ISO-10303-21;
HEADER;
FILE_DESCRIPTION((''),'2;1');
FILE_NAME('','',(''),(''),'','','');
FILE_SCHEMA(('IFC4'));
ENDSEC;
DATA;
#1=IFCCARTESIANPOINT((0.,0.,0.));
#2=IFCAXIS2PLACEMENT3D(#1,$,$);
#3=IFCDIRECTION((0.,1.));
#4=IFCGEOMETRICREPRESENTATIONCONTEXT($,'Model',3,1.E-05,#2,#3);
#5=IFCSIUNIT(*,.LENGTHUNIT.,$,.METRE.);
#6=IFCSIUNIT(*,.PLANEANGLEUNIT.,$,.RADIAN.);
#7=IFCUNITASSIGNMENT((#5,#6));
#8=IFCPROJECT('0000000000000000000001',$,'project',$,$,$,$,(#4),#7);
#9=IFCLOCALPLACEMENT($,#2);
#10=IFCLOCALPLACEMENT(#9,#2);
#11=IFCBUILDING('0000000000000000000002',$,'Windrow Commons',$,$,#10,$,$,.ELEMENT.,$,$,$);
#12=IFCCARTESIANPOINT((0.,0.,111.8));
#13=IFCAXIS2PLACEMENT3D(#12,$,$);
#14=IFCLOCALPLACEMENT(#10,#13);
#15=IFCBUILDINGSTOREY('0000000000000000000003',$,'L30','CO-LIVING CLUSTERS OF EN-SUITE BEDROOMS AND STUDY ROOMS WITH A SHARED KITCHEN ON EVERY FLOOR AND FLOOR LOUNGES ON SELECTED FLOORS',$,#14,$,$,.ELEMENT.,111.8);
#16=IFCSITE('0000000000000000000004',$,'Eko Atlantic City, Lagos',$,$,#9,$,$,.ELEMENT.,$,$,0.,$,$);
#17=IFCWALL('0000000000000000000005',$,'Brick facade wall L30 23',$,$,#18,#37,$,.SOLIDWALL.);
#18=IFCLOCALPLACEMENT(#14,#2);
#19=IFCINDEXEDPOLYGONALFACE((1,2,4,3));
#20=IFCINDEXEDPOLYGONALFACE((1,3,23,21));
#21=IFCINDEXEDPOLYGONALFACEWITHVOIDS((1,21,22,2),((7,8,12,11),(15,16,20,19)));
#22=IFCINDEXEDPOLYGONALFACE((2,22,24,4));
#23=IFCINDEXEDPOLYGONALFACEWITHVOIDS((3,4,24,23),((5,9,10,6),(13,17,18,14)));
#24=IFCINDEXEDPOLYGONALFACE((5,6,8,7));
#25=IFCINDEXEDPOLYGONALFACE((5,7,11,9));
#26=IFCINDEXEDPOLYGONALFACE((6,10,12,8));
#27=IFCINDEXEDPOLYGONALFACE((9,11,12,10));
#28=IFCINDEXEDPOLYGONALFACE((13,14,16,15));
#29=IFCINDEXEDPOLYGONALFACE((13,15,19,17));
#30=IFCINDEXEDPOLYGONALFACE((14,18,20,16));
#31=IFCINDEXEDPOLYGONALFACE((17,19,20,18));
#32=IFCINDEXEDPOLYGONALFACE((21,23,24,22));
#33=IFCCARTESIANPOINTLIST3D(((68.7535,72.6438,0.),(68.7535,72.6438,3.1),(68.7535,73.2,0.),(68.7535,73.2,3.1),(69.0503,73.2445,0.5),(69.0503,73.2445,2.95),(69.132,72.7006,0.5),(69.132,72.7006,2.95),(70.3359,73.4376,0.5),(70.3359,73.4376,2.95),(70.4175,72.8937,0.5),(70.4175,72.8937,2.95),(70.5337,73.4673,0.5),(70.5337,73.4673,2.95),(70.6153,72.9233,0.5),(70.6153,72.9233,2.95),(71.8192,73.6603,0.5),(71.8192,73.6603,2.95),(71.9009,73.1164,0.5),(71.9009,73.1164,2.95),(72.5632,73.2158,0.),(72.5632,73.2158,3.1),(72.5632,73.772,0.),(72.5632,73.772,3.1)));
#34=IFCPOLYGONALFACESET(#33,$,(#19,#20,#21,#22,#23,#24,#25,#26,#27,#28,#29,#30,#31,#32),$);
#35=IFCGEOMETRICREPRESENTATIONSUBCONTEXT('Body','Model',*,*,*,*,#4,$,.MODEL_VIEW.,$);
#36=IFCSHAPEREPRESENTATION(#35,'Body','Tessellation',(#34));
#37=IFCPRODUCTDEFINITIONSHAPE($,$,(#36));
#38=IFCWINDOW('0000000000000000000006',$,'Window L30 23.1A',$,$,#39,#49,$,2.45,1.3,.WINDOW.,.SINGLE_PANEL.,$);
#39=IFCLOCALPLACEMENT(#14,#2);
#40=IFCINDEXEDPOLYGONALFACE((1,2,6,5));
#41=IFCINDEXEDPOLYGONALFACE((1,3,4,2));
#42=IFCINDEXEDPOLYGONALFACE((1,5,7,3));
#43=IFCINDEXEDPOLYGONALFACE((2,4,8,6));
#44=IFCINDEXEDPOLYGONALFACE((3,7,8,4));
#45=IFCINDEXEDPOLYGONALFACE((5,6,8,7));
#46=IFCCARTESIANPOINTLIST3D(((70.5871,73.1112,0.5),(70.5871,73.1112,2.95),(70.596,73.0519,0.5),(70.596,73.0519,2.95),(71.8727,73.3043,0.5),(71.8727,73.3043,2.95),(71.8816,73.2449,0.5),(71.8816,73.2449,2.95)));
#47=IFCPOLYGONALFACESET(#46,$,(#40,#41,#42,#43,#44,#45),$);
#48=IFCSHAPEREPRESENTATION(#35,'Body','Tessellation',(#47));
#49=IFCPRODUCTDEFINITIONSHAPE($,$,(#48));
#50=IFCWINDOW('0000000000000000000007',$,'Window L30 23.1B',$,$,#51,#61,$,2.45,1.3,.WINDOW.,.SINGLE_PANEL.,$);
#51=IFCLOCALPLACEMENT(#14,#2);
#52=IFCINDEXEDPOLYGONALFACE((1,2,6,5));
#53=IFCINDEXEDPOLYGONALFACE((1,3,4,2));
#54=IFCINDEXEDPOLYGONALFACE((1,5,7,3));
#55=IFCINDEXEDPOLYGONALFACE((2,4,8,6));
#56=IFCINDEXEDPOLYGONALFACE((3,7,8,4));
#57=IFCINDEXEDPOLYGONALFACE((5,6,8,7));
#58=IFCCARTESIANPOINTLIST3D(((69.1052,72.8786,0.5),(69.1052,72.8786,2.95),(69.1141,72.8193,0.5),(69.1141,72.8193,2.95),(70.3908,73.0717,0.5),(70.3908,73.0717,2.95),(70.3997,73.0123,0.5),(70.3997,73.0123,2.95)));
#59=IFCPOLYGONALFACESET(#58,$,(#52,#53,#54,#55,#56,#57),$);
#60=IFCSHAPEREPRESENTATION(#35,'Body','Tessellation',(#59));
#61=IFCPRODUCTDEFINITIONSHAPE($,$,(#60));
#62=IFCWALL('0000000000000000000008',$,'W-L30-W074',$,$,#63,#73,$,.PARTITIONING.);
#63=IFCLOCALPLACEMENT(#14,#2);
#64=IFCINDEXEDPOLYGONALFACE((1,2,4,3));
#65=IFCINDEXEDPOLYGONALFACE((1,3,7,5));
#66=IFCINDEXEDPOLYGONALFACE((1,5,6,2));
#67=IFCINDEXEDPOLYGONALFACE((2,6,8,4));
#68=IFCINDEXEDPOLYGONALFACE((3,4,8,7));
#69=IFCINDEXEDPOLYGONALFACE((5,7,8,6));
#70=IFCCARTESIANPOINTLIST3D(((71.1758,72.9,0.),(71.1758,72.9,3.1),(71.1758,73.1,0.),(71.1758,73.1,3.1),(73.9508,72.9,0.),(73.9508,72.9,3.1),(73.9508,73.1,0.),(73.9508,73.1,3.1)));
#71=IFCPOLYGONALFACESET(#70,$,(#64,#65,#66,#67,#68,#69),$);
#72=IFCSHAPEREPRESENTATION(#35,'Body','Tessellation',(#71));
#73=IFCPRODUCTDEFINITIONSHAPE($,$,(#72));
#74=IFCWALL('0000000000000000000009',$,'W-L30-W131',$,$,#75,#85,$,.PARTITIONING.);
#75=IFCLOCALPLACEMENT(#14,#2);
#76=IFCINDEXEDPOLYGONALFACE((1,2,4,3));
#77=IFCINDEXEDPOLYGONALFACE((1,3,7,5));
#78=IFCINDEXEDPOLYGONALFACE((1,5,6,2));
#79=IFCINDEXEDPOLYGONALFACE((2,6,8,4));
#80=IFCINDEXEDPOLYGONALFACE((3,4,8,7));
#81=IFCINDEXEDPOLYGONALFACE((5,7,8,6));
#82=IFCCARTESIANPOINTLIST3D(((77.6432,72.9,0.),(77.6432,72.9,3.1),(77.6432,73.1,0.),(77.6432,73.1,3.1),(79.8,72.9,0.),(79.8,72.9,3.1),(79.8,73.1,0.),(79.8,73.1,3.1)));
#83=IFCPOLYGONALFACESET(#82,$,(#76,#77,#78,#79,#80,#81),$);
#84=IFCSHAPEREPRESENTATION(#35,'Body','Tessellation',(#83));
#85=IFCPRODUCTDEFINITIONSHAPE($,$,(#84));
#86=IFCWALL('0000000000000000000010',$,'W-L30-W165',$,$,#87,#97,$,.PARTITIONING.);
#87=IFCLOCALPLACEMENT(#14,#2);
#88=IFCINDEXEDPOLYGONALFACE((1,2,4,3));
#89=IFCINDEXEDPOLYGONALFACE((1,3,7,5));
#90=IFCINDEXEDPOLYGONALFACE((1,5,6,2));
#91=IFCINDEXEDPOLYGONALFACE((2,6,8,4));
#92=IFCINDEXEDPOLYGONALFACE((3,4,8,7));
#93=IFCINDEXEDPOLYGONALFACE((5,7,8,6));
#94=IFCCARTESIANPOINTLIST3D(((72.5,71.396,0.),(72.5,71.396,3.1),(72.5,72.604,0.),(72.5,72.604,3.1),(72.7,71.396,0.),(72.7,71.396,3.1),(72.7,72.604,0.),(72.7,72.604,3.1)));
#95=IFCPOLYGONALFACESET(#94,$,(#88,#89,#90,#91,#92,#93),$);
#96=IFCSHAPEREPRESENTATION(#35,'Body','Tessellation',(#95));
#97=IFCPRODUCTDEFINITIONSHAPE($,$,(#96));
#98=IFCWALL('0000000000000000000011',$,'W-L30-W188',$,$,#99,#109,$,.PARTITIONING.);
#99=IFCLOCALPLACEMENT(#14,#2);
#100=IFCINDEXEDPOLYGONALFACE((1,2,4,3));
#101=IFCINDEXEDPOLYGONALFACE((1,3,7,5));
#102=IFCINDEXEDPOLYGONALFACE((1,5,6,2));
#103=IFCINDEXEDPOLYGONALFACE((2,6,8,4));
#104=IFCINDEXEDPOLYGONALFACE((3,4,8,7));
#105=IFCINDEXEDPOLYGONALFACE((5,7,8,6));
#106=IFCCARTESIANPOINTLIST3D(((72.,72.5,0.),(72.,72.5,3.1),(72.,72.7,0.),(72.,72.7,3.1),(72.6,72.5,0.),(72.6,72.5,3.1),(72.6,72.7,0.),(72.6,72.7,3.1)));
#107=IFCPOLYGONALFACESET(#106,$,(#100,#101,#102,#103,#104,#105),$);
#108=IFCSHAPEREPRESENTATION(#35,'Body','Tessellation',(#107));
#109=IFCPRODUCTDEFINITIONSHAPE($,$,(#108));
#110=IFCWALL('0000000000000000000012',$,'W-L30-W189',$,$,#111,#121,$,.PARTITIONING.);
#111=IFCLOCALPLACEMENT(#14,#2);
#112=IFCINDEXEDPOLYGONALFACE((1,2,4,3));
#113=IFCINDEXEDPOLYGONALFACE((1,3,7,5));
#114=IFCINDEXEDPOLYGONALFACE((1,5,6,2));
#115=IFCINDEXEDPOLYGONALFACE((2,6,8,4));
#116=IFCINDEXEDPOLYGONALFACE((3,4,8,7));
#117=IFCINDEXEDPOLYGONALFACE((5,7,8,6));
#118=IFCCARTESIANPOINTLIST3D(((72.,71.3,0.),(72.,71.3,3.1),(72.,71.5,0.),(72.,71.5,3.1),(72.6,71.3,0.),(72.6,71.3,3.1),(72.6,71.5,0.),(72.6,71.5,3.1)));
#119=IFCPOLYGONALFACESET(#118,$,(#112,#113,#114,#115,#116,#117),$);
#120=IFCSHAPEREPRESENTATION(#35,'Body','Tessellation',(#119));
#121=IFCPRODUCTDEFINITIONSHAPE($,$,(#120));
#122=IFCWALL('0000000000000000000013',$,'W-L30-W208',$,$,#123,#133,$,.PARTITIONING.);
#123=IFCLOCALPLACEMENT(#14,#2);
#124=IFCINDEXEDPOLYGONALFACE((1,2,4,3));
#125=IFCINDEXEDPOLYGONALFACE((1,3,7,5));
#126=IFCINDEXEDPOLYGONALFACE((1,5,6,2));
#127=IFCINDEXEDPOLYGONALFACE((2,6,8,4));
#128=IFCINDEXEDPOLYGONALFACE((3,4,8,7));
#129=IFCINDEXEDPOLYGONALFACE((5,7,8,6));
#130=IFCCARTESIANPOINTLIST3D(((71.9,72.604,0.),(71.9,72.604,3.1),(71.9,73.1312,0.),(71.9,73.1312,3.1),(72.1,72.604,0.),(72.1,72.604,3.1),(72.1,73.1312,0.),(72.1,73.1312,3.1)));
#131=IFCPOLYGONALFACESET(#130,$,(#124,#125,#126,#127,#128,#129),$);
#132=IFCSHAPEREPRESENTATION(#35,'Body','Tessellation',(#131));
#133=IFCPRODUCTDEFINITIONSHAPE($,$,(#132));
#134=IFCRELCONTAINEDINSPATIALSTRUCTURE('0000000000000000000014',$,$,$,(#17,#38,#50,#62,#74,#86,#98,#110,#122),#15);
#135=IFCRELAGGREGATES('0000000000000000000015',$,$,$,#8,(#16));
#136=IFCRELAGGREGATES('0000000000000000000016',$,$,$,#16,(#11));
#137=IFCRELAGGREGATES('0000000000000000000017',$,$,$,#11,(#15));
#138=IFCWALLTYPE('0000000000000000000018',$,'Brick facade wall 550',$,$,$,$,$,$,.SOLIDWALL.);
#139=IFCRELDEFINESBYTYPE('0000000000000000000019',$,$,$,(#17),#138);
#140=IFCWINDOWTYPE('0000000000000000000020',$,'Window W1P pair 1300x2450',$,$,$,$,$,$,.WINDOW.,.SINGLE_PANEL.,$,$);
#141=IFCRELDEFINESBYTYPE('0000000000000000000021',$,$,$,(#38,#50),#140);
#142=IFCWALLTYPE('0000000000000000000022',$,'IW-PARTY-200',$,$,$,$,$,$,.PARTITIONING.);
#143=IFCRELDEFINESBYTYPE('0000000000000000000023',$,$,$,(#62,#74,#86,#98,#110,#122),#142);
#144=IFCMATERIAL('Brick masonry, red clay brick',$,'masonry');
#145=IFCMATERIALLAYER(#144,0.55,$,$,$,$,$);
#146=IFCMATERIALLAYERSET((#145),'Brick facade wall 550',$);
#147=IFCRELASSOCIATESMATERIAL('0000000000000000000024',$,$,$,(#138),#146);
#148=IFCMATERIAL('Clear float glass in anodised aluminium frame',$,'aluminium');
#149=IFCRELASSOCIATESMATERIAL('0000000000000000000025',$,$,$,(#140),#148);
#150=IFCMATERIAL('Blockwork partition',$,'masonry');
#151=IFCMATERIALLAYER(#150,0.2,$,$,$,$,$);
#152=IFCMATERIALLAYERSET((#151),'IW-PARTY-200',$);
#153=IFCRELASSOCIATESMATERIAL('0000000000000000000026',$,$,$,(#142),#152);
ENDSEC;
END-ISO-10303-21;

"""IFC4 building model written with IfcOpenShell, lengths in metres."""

from ifc_helpers import new_model, si_unit, direction, frame, frame_2d, origin, place, context, subcontext, project, spatial, polyline, rectangle, outline, extrude, material, layer, layer_set, type_object, element, fill, save


model = new_model("IFC4")

# Units and contexts
model_context = context("Model", 3, precision=1e-05, world=origin(), true_north=direction((0.0, 1.0)))
body_context = subcontext(model_context, "Body", "Model", "MODEL_VIEW")
ifc_project = project(units=[si_unit("LENGTHUNIT", "METRE"), si_unit("PLANEANGLEUNIT", "RADIAN")], contexts=[model_context])

# Site, building, storey
site_placement = place(None, origin())
site = spatial("IfcSite", under=ifc_project, at=site_placement, Name="Eko Atlantic City, Lagos", CompositionType="ELEMENT", RefElevation=0.0)
building_placement = place(site_placement, origin())
building = spatial("IfcBuilding", under=site, at=building_placement, Name="Windrow Commons", CompositionType="ELEMENT")
storey_placement = place(building_placement, frame((0.0, 0.0, 111.8)))
storey = spatial("IfcBuildingStorey", under=building, at=storey_placement, Name="L30", Description="CO-LIVING CLUSTERS OF EN-SUITE BEDROOMS AND STUDY ROOMS WITH A SHARED KITCHEN ON EVERY FLOOR AND FLOOR LOUNGES ON SELECTED FLOORS", CompositionType="ELEMENT", Elevation=111.8)

# Shared definitions
ifc_material_1 = material(Name="Brick masonry, red clay brick", Category="masonry")
ifc_layer_1 = layer(ifc_material_1, 0.55)
ifc_layer_set_1 = layer_set([ifc_layer_1], Name="Brick facade wall 550")
wall_type_1 = type_object("IfcWallType", Name="Brick facade wall 550", PredefinedType="SOLIDWALL", material=ifc_layer_set_1)

# Wall, openings, windows
wall_1_placement = place(storey_placement, frame((72.5632, 73.4939, 0.0), z_axis=(0.0, 0.0, 1.0), x_axis=(-0.988915, -0.148483, 0.0)))
wall_1 = element("IfcWall", 1, at=wall_1_placement, inside=storey, type_object=wall_type_1, Name="Brick facade wall L30 23", PredefinedType="SOLIDWALL", context=body_context, shape_type="SweptSolid", body=[
    extrude(outline(polyline([(-0.0413, -0.275), (3.8111, -0.275), (3.8937, 0.275), (0.0413, 0.275), (-0.0413, -0.275)])), origin(), (0.0, 0.0, 1.0), 3.1),
])
opening_1_placement = place(wall_1_placement, frame((0.711, 0.0, 0.5)))
opening_1 = element("IfcOpeningElement", 2, at=opening_1_placement, cuts=wall_1, PredefinedType="OPENING", context=body_context, shape_type="SweptSolid", body=[
    extrude(rectangle(XDim=1.3, YDim=2.45, at=frame_2d((0.65, 1.225))), frame((0.0, 0.285, 0.0), z_axis=(0.0, -1.0, 0.0), x_axis=(1.0, 0.0, 0.0)), (0.0, 0.0, 1.0), 0.57),
])
opening_2_placement = place(wall_1_placement, frame((2.211, 0.0, 0.5)))
opening_2 = element("IfcOpeningElement", 3, at=opening_2_placement, cuts=wall_1, PredefinedType="OPENING", context=body_context, shape_type="SweptSolid", body=[
    extrude(rectangle(XDim=1.3, YDim=2.45, at=frame_2d((0.65, 1.225))), frame((0.0, 0.285, 0.0), z_axis=(0.0, -1.0, 0.0), x_axis=(1.0, 0.0, 0.0)), (0.0, 0.0, 1.0), 0.57),
])
ifc_material_2 = material(Name="Clear float glass in anodised aluminium frame", Category="aluminium")
window_type_1 = type_object("IfcWindowType", Name="Window W1P pair 1300x2450", PartitioningType="SINGLE_PANEL", PredefinedType="WINDOW", material=ifc_material_2)
window_1_placement = place(opening_1_placement, origin())
window_1 = element("IfcWindow", 4, at=window_1_placement, inside=storey, type_object=window_type_1, Name="Window L30 23.1A", OverallHeight=2.45, OverallWidth=1.3, PartitioningType="SINGLE_PANEL", PredefinedType="WINDOW", context=body_context, shape_type="SweptSolid", body=[
    extrude(rectangle(XDim=1.3, YDim=2.45, at=frame_2d((0.65, 1.225))), frame((0.0, 0.145, 0.0), z_axis=(0.0, -1.0, 0.0), x_axis=(1.0, 0.0, 0.0)), (0.0, 0.0, 1.0), 0.06),
])
fill(opening_1, window_1)
window_2_placement = place(opening_2_placement, origin())
window_2 = element("IfcWindow", 5, at=window_2_placement, inside=storey, type_object=window_type_1, Name="Window L30 23.1B", OverallHeight=2.45, OverallWidth=1.3, PartitioningType="SINGLE_PANEL", PredefinedType="WINDOW", context=body_context, shape_type="SweptSolid", body=[
    extrude(rectangle(XDim=1.3, YDim=2.45, at=frame_2d((0.65, 1.225))), frame((0.0, 0.155, 0.0), z_axis=(0.0, -1.0, 0.0), x_axis=(1.0, 0.0, 0.0)), (0.0, 0.0, 1.0), 0.06),
])
fill(opening_2, window_2)

# Walls
ifc_material_3 = material(Name="Blockwork partition", Category="masonry")
ifc_layer_2 = layer(ifc_material_3, 0.2)
ifc_layer_set_2 = layer_set([ifc_layer_2], Name="IW-PARTY-200")
wall_type_2 = type_object("IfcWallType", Name="IW-PARTY-200", PredefinedType="PARTITIONING", material=ifc_layer_set_2)
wall_2_placement = place(storey_placement, frame((71.1757, 73.0, 0.0), z_axis=(0.0, 0.0, 1.0), x_axis=(1.0, 0.0, 0.0)))
element("IfcWall", 6, at=wall_2_placement, inside=storey, type_object=wall_type_2, Name="W-L30-W074", PredefinedType="PARTITIONING", context=body_context, shape_type="SweptSolid", body=[
    extrude(rectangle(XDim=2.7751, YDim=0.2, at=frame_2d((1.3876, 0.0))), origin(), (0.0, 0.0, 1.0), 3.1),
])
wall_3_placement = place(storey_placement, frame((77.6433, 73.0, 0.0), z_axis=(0.0, 0.0, 1.0), x_axis=(1.0, 0.0, 0.0)))
element("IfcWall", 7, at=wall_3_placement, inside=storey, type_object=wall_type_2, Name="W-L30-W131", PredefinedType="PARTITIONING", context=body_context, shape_type="SweptSolid", body=[
    extrude(rectangle(XDim=2.1567, YDim=0.2, at=frame_2d((1.0783, 0.0))), origin(), (0.0, 0.0, 1.0), 3.1),
])
wall_4_placement = place(storey_placement, frame((72.6, 71.396, 0.0), z_axis=(0.0, 0.0, 1.0), x_axis=(0.0, 1.0, 0.0)))
element("IfcWall", 8, at=wall_4_placement, inside=storey, type_object=wall_type_2, Name="W-L30-W165", PredefinedType="PARTITIONING", context=body_context, shape_type="SweptSolid", body=[
    extrude(rectangle(XDim=1.208, YDim=0.2, at=frame_2d((0.604, 0.0))), origin(), (0.0, 0.0, 1.0), 3.1),
])
for number, where, z_axis, x_axis, name in (
    (9, (72.0, 72.6, 0.0), (0.0, 0.0, 1.0), (1.0, 0.0, 0.0), "W-L30-W188"),
    (10, (72.0, 71.4, 0.0), (0.0, 0.0, 1.0), (1.0, 0.0, 0.0), "W-L30-W189"),
):
    element("IfcWall", number, at=place(storey_placement, frame(where, z_axis=z_axis, x_axis=x_axis)), inside=storey, type_object=wall_type_2, Name=name, PredefinedType="PARTITIONING", context=body_context, shape_type="SweptSolid", body=[
        extrude(rectangle(XDim=0.6, YDim=0.2, at=frame_2d((0.3, 0.0))), origin(), (0.0, 0.0, 1.0), 3.1),
    ])
wall_5_placement = place(storey_placement, frame((72.0, 72.604, 0.0), z_axis=(0.0, 0.0, 1.0), x_axis=(0.0, 1.0, 0.0)))
element("IfcWall", 11, at=wall_5_placement, inside=storey, type_object=wall_type_2, Name="W-L30-W208", PredefinedType="PARTITIONING", context=body_context, shape_type="SweptSolid", body=[
    extrude(rectangle(XDim=0.5273, YDim=0.2, at=frame_2d((0.2636, 0.0))), origin(), (0.0, 0.0, 1.0), 3.1),
])

save(model, "model.ifc")
